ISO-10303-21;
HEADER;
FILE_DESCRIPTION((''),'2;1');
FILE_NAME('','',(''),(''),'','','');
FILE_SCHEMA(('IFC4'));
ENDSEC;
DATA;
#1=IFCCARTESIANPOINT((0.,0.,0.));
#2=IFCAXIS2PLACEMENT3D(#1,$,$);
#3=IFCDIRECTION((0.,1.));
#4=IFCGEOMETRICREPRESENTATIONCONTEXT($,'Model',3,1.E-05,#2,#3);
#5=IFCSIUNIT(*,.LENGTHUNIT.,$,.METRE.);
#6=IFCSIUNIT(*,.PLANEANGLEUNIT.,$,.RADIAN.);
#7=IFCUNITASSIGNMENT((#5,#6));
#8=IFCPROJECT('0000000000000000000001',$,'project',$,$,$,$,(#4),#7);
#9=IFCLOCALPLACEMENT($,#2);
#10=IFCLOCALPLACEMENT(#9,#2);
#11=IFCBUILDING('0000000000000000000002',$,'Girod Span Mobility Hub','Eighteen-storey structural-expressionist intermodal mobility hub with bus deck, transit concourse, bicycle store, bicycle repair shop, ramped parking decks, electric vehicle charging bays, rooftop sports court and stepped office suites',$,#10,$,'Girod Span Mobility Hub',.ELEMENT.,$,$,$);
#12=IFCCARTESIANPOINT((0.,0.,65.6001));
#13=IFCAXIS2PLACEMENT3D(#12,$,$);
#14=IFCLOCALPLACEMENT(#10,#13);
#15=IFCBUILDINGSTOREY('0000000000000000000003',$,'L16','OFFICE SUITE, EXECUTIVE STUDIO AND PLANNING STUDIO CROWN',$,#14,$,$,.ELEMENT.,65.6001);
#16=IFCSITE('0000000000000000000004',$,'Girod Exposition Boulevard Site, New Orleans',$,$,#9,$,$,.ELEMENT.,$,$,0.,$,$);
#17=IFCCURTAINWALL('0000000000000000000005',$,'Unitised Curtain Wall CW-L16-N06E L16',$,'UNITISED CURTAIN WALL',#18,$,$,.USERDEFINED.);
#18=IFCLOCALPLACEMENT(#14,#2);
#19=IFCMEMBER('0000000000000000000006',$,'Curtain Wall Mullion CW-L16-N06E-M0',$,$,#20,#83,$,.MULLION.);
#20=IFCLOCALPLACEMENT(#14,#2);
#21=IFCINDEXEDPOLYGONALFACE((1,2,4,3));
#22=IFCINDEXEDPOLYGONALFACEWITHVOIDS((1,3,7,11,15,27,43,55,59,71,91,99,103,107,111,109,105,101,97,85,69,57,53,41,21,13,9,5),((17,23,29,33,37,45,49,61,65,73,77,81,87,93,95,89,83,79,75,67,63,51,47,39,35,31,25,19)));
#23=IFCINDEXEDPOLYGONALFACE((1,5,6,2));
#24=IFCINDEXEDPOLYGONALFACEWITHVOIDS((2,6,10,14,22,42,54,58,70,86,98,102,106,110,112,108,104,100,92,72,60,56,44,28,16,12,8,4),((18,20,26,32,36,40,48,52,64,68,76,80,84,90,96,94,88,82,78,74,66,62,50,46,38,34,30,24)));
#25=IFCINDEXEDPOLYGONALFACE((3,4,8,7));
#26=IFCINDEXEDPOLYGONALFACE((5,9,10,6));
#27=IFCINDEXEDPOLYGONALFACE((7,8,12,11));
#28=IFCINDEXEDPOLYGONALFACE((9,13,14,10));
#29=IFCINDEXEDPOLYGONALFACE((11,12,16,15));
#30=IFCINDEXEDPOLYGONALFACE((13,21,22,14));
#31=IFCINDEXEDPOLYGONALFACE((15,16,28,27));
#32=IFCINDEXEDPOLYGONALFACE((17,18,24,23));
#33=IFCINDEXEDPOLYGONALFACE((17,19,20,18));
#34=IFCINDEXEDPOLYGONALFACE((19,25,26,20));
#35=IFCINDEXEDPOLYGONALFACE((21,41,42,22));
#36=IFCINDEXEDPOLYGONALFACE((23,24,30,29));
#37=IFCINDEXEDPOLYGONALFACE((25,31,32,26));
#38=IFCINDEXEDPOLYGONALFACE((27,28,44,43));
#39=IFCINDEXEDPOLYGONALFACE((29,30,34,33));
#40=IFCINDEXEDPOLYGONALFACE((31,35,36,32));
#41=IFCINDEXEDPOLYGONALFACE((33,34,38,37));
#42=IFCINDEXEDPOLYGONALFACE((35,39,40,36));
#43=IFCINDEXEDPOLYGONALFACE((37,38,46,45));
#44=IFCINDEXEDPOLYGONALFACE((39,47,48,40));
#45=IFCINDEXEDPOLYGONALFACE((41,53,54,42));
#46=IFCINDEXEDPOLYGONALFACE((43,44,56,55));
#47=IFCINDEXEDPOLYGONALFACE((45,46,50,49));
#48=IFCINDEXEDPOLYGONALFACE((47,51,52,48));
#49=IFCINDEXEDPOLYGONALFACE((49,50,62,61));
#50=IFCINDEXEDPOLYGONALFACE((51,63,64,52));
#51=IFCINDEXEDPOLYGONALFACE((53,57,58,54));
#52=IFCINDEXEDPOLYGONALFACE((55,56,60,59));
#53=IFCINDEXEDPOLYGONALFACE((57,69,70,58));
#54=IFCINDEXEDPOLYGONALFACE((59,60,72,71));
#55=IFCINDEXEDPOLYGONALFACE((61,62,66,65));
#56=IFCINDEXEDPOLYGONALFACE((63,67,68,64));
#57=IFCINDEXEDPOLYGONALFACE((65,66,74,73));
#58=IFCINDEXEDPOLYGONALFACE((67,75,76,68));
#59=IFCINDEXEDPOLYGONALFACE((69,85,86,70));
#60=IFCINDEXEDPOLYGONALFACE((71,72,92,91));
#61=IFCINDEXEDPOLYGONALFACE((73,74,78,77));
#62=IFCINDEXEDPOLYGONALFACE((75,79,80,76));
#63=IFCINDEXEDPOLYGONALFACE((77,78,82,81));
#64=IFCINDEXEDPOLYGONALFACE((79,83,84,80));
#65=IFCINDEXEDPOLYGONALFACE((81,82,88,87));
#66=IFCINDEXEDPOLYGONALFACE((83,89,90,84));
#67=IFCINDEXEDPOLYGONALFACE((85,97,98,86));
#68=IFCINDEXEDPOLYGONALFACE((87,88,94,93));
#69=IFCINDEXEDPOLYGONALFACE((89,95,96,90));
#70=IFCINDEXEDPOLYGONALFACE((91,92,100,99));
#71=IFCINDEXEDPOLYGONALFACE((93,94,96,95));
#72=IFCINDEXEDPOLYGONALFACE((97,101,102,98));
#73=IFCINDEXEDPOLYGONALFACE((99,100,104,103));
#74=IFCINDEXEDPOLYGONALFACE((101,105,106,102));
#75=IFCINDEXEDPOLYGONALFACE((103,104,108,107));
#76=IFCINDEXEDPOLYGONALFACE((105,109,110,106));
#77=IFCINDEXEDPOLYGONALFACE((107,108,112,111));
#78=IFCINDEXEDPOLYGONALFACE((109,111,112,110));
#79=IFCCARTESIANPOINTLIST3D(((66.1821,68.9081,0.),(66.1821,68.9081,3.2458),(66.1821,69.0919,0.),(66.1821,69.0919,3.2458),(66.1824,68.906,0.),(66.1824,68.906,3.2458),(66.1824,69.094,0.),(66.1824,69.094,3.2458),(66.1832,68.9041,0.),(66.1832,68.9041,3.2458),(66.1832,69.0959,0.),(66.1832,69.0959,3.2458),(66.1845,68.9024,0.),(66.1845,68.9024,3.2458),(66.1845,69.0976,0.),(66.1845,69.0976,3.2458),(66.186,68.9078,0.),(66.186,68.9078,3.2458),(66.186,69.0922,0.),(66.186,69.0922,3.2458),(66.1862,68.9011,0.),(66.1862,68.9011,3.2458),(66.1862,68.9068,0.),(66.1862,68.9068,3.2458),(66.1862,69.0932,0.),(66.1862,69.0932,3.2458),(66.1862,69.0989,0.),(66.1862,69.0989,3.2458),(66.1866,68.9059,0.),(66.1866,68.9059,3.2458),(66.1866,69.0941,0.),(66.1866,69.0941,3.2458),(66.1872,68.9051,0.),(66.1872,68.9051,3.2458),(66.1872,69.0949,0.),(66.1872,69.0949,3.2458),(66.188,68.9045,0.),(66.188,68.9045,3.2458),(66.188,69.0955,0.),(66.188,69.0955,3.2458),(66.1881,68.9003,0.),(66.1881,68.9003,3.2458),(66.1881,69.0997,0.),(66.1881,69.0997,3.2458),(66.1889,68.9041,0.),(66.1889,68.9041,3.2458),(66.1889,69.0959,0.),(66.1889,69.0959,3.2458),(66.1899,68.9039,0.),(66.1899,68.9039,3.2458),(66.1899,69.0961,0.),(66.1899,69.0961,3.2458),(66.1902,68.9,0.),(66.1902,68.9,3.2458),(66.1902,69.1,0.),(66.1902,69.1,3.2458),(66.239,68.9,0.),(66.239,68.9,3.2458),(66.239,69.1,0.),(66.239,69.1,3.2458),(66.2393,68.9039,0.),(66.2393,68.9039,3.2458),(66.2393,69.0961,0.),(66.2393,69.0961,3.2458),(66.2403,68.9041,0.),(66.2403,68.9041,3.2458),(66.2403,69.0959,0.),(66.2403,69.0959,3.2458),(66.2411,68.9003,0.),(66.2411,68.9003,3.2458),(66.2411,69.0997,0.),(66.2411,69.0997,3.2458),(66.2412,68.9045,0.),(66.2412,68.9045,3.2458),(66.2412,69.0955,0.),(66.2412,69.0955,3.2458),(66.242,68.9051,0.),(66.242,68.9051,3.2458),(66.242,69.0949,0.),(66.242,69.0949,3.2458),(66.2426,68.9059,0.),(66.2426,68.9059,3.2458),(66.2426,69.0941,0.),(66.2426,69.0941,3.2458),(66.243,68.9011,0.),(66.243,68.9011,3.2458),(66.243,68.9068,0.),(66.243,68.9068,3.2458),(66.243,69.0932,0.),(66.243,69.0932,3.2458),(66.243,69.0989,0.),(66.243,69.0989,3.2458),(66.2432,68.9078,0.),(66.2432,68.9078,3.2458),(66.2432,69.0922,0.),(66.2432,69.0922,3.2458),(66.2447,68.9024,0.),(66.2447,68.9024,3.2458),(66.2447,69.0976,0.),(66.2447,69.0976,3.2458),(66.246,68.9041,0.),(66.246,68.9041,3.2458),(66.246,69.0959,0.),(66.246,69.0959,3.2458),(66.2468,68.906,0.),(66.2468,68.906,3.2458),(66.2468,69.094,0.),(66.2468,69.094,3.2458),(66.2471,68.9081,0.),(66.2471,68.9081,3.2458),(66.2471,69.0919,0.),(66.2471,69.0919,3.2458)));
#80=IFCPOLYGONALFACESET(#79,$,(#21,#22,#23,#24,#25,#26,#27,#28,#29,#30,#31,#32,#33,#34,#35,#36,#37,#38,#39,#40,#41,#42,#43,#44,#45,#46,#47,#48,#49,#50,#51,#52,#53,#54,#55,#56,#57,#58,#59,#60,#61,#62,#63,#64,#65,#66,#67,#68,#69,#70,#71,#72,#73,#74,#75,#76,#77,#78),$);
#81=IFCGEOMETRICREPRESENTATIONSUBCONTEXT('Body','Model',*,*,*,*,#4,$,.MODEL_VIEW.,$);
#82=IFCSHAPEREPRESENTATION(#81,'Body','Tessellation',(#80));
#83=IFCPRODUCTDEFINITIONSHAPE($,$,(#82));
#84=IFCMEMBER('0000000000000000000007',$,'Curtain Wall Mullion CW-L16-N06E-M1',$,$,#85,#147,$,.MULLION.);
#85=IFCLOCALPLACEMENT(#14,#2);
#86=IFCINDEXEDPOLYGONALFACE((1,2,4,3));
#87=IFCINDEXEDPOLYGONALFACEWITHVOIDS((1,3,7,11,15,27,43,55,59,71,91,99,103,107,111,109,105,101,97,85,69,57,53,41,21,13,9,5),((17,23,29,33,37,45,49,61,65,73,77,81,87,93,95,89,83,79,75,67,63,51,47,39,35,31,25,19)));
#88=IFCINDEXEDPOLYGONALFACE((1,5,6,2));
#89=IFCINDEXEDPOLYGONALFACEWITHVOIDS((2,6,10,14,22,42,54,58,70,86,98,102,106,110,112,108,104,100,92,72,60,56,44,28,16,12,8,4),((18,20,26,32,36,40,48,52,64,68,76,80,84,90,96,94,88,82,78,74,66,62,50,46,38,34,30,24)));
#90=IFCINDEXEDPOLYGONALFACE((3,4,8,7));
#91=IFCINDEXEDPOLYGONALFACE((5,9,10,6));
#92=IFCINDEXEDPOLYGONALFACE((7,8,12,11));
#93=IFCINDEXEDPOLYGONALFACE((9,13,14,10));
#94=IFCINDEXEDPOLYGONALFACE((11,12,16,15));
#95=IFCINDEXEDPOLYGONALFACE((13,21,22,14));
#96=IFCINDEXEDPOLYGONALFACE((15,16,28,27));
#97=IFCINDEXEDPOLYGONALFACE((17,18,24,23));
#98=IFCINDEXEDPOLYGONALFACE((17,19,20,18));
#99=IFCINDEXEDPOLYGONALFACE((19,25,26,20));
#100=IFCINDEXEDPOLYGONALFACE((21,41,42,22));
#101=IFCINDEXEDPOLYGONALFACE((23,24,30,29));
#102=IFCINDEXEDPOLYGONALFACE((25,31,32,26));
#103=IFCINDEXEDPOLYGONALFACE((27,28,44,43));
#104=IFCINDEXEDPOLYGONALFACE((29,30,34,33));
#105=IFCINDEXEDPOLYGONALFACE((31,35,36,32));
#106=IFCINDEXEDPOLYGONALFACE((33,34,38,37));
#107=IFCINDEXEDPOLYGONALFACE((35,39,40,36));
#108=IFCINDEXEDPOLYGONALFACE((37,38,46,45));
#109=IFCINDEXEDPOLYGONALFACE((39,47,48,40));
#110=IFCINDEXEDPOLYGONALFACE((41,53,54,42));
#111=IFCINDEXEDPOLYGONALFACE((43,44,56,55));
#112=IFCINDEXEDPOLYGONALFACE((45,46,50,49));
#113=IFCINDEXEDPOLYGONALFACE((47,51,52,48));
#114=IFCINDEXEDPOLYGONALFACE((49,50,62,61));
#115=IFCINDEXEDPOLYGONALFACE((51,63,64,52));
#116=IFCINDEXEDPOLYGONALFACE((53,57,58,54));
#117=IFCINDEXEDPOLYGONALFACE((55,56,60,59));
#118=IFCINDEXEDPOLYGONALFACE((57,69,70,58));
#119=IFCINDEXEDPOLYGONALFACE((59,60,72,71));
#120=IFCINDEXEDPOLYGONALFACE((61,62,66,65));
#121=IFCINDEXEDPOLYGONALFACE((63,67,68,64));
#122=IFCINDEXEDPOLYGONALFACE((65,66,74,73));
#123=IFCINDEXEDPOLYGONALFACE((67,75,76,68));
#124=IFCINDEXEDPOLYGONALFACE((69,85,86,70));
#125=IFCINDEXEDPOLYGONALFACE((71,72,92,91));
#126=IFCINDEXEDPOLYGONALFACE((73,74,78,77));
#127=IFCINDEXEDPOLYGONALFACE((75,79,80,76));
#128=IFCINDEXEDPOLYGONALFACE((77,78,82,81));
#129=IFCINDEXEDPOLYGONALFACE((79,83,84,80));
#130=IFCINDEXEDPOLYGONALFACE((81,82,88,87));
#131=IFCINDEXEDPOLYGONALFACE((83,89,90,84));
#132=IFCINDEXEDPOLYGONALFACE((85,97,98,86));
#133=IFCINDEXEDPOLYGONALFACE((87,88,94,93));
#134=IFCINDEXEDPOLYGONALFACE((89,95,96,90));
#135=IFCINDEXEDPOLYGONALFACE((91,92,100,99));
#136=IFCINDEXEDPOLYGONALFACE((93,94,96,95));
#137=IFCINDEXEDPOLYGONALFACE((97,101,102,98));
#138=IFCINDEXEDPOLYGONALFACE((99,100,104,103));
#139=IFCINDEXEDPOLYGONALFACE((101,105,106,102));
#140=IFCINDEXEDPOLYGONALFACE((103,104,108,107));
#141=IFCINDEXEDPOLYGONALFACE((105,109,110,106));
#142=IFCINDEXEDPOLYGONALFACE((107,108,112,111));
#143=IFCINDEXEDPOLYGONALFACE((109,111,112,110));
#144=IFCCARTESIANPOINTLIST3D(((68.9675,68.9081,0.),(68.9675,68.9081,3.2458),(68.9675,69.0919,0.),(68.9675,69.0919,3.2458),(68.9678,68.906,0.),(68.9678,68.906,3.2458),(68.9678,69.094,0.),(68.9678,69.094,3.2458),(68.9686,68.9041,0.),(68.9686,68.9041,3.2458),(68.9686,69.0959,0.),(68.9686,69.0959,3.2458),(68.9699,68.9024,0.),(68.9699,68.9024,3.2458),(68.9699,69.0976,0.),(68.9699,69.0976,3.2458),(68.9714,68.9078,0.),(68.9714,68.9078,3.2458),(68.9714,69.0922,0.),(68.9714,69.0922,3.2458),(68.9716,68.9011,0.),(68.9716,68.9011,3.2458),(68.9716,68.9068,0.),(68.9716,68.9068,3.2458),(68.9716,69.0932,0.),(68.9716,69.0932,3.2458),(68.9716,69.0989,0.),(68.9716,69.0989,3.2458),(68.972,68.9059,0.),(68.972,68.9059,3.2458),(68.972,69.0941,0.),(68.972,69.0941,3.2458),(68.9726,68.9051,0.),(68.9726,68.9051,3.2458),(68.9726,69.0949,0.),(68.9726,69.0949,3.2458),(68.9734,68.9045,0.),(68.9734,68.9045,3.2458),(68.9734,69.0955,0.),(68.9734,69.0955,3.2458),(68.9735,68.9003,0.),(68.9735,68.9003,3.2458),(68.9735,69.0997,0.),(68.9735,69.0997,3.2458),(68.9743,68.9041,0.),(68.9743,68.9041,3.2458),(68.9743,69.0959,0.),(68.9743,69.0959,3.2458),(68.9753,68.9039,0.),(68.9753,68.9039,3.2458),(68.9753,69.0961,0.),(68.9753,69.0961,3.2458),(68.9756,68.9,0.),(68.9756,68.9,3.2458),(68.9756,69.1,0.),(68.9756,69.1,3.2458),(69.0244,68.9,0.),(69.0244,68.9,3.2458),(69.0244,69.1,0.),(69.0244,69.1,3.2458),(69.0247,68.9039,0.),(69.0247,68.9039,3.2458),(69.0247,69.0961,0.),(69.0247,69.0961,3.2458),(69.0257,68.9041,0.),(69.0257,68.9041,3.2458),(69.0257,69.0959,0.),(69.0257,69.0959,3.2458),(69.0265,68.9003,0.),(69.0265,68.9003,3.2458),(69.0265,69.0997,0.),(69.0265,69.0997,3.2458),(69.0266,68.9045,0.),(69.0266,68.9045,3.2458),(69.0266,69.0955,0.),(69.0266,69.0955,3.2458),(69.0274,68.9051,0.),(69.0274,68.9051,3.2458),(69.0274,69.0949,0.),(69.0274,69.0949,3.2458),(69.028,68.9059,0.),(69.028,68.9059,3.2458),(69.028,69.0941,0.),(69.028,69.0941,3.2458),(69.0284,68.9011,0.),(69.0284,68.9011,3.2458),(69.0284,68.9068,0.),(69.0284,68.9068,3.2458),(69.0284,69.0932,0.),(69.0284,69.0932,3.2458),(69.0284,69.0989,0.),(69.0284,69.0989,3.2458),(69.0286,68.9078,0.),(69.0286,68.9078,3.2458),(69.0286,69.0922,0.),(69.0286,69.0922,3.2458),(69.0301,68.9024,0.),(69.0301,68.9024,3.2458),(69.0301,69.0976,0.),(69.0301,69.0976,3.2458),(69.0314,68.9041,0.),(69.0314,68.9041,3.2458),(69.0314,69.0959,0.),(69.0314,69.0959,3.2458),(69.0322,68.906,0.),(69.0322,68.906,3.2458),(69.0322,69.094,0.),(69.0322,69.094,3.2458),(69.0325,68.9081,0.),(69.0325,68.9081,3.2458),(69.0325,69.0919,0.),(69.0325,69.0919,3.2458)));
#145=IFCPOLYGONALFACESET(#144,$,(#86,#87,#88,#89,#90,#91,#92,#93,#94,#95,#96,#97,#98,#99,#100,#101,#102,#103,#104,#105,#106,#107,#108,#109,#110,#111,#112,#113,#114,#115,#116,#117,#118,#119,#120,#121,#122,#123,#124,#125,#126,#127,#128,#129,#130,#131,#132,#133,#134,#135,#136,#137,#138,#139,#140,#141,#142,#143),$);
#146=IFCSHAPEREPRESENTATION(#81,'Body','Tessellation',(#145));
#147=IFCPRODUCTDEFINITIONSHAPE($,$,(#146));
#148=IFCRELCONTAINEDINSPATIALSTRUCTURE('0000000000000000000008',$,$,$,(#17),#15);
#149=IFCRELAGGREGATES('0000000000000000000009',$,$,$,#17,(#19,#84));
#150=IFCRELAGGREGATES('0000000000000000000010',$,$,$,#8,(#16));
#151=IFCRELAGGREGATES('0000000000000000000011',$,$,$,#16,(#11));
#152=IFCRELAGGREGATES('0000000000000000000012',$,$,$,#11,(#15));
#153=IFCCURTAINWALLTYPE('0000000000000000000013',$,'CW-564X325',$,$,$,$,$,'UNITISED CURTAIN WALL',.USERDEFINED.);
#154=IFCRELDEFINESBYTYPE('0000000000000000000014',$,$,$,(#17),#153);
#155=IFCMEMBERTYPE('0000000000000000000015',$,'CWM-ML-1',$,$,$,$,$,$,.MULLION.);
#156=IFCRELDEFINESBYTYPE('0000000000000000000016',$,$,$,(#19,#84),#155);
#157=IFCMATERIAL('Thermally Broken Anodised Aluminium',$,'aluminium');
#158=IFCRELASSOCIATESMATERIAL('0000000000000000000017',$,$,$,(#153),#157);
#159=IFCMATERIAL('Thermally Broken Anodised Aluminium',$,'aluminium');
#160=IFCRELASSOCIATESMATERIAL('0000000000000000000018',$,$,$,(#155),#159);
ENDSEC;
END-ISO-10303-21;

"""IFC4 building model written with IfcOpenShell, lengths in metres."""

from ifc_helpers import new_model, si_unit, direction, frame, origin, origin_2d, place, context, subcontext, project, spatial, hollow_rectangle, extrude, material, material_profile, profile_set, type_object, element, aggregate, save


model = new_model("IFC4")

# Units and contexts
model_context = context("Model", 3, precision=1e-05, world=origin(), true_north=direction((0.0, 1.0)))
body_context = subcontext(model_context, "Body", "Model", "MODEL_VIEW")
ifc_project = project(units=[si_unit("LENGTHUNIT", "METRE"), si_unit("PLANEANGLEUNIT", "RADIAN")], contexts=[model_context])

# Site, building, storey
site_placement = place(None, origin())
site = spatial("IfcSite", under=ifc_project, at=site_placement, Name="Girod Exposition Boulevard Site, New Orleans", CompositionType="ELEMENT", RefElevation=0.0)
building_placement = place(site_placement, origin())
building = spatial("IfcBuilding", under=site, at=building_placement, Name="Girod Span Mobility Hub", Description="Eighteen-storey structural-expressionist intermodal mobility hub with bus deck, transit concourse, bicycle store, bicycle repair shop, ramped parking decks, electric vehicle charging bays, rooftop sports court and stepped office suites", LongName="Girod Span Mobility Hub", CompositionType="ELEMENT")
storey_placement = place(building_placement, frame((0.0, 0.0, 65.6001)))
storey = spatial("IfcBuildingStorey", under=building, at=storey_placement, Name="L16", Description="OFFICE SUITE, EXECUTIVE STUDIO AND PLANNING STUDIO CROWN", CompositionType="ELEMENT", Elevation=65.6001)

# Curtain wall, members
ifc_material_1 = material(Name="Thermally Broken Anodised Aluminium", Category="aluminium")
curtain_wall_type = type_object("IfcCurtainWallType", Name="CW-564X325", ElementType="UNITISED CURTAIN WALL", PredefinedType="USERDEFINED", material=ifc_material_1)
curtain_wall_1_placement = place(storey_placement, origin())
curtain_wall_1 = element("IfcCurtainWall", 1, at=curtain_wall_1_placement, inside=storey, type_object=curtain_wall_type, Name="Unitised Curtain Wall CW-L16-N06E L16", ObjectType="UNITISED CURTAIN WALL", PredefinedType="USERDEFINED")
ifc_material_2 = material(Name="Thermally Broken Anodised Aluminium", Category="aluminium")
ifc_material_profile_1 = material_profile(ifc_material_2, hollow_rectangle(XDim=0.2, YDim=0.0649, WallThickness=0.0039, InnerFilletRadius=0.0039, OuterFilletRadius=0.0081, at=origin_2d()), Name="CW-ML-65X200")
ifc_profile_set_1 = profile_set([ifc_material_profile_1], Name="Thermally Broken Anodised Aluminium")
member_type_1 = type_object("IfcMemberType", Name="CWM-ML-1", PredefinedType="MULLION", material=ifc_profile_set_1)
member_1_placement = place(storey_placement, frame((66.2146, 69.0, 0.0), z_axis=(0.0, 0.0, 1.0), x_axis=(0.0, 1.0, 0.0)))
member_1 = element("IfcMember", 2, at=member_1_placement, type_object=member_type_1, Name="Curtain Wall Mullion CW-L16-N06E-M0", PredefinedType="MULLION", context=body_context, shape_type="SweptSolid", body=[
    extrude(hollow_rectangle(XDim=0.2, YDim=0.0649, WallThickness=0.0039, InnerFilletRadius=0.0039, OuterFilletRadius=0.0081, at=origin_2d()), origin(), (0.0, 0.0, 1.0), 3.2458),
])
member_2_placement = place(storey_placement, frame((69.0, 69.0, 0.0), z_axis=(0.0, 0.0, 1.0), x_axis=(0.0, 1.0, 0.0)))
member_2 = element("IfcMember", 3, at=member_2_placement, type_object=member_type_1, Name="Curtain Wall Mullion CW-L16-N06E-M1", PredefinedType="MULLION", context=body_context, shape_type="SweptSolid", body=[
    extrude(hollow_rectangle(XDim=0.2, YDim=0.0649, WallThickness=0.0039, InnerFilletRadius=0.0039, OuterFilletRadius=0.0081, at=origin_2d()), origin(), (0.0, 0.0, 1.0), 3.2458),
])

aggregate(curtain_wall_1, [member_1, member_2])

save(model, "model.ifc")
